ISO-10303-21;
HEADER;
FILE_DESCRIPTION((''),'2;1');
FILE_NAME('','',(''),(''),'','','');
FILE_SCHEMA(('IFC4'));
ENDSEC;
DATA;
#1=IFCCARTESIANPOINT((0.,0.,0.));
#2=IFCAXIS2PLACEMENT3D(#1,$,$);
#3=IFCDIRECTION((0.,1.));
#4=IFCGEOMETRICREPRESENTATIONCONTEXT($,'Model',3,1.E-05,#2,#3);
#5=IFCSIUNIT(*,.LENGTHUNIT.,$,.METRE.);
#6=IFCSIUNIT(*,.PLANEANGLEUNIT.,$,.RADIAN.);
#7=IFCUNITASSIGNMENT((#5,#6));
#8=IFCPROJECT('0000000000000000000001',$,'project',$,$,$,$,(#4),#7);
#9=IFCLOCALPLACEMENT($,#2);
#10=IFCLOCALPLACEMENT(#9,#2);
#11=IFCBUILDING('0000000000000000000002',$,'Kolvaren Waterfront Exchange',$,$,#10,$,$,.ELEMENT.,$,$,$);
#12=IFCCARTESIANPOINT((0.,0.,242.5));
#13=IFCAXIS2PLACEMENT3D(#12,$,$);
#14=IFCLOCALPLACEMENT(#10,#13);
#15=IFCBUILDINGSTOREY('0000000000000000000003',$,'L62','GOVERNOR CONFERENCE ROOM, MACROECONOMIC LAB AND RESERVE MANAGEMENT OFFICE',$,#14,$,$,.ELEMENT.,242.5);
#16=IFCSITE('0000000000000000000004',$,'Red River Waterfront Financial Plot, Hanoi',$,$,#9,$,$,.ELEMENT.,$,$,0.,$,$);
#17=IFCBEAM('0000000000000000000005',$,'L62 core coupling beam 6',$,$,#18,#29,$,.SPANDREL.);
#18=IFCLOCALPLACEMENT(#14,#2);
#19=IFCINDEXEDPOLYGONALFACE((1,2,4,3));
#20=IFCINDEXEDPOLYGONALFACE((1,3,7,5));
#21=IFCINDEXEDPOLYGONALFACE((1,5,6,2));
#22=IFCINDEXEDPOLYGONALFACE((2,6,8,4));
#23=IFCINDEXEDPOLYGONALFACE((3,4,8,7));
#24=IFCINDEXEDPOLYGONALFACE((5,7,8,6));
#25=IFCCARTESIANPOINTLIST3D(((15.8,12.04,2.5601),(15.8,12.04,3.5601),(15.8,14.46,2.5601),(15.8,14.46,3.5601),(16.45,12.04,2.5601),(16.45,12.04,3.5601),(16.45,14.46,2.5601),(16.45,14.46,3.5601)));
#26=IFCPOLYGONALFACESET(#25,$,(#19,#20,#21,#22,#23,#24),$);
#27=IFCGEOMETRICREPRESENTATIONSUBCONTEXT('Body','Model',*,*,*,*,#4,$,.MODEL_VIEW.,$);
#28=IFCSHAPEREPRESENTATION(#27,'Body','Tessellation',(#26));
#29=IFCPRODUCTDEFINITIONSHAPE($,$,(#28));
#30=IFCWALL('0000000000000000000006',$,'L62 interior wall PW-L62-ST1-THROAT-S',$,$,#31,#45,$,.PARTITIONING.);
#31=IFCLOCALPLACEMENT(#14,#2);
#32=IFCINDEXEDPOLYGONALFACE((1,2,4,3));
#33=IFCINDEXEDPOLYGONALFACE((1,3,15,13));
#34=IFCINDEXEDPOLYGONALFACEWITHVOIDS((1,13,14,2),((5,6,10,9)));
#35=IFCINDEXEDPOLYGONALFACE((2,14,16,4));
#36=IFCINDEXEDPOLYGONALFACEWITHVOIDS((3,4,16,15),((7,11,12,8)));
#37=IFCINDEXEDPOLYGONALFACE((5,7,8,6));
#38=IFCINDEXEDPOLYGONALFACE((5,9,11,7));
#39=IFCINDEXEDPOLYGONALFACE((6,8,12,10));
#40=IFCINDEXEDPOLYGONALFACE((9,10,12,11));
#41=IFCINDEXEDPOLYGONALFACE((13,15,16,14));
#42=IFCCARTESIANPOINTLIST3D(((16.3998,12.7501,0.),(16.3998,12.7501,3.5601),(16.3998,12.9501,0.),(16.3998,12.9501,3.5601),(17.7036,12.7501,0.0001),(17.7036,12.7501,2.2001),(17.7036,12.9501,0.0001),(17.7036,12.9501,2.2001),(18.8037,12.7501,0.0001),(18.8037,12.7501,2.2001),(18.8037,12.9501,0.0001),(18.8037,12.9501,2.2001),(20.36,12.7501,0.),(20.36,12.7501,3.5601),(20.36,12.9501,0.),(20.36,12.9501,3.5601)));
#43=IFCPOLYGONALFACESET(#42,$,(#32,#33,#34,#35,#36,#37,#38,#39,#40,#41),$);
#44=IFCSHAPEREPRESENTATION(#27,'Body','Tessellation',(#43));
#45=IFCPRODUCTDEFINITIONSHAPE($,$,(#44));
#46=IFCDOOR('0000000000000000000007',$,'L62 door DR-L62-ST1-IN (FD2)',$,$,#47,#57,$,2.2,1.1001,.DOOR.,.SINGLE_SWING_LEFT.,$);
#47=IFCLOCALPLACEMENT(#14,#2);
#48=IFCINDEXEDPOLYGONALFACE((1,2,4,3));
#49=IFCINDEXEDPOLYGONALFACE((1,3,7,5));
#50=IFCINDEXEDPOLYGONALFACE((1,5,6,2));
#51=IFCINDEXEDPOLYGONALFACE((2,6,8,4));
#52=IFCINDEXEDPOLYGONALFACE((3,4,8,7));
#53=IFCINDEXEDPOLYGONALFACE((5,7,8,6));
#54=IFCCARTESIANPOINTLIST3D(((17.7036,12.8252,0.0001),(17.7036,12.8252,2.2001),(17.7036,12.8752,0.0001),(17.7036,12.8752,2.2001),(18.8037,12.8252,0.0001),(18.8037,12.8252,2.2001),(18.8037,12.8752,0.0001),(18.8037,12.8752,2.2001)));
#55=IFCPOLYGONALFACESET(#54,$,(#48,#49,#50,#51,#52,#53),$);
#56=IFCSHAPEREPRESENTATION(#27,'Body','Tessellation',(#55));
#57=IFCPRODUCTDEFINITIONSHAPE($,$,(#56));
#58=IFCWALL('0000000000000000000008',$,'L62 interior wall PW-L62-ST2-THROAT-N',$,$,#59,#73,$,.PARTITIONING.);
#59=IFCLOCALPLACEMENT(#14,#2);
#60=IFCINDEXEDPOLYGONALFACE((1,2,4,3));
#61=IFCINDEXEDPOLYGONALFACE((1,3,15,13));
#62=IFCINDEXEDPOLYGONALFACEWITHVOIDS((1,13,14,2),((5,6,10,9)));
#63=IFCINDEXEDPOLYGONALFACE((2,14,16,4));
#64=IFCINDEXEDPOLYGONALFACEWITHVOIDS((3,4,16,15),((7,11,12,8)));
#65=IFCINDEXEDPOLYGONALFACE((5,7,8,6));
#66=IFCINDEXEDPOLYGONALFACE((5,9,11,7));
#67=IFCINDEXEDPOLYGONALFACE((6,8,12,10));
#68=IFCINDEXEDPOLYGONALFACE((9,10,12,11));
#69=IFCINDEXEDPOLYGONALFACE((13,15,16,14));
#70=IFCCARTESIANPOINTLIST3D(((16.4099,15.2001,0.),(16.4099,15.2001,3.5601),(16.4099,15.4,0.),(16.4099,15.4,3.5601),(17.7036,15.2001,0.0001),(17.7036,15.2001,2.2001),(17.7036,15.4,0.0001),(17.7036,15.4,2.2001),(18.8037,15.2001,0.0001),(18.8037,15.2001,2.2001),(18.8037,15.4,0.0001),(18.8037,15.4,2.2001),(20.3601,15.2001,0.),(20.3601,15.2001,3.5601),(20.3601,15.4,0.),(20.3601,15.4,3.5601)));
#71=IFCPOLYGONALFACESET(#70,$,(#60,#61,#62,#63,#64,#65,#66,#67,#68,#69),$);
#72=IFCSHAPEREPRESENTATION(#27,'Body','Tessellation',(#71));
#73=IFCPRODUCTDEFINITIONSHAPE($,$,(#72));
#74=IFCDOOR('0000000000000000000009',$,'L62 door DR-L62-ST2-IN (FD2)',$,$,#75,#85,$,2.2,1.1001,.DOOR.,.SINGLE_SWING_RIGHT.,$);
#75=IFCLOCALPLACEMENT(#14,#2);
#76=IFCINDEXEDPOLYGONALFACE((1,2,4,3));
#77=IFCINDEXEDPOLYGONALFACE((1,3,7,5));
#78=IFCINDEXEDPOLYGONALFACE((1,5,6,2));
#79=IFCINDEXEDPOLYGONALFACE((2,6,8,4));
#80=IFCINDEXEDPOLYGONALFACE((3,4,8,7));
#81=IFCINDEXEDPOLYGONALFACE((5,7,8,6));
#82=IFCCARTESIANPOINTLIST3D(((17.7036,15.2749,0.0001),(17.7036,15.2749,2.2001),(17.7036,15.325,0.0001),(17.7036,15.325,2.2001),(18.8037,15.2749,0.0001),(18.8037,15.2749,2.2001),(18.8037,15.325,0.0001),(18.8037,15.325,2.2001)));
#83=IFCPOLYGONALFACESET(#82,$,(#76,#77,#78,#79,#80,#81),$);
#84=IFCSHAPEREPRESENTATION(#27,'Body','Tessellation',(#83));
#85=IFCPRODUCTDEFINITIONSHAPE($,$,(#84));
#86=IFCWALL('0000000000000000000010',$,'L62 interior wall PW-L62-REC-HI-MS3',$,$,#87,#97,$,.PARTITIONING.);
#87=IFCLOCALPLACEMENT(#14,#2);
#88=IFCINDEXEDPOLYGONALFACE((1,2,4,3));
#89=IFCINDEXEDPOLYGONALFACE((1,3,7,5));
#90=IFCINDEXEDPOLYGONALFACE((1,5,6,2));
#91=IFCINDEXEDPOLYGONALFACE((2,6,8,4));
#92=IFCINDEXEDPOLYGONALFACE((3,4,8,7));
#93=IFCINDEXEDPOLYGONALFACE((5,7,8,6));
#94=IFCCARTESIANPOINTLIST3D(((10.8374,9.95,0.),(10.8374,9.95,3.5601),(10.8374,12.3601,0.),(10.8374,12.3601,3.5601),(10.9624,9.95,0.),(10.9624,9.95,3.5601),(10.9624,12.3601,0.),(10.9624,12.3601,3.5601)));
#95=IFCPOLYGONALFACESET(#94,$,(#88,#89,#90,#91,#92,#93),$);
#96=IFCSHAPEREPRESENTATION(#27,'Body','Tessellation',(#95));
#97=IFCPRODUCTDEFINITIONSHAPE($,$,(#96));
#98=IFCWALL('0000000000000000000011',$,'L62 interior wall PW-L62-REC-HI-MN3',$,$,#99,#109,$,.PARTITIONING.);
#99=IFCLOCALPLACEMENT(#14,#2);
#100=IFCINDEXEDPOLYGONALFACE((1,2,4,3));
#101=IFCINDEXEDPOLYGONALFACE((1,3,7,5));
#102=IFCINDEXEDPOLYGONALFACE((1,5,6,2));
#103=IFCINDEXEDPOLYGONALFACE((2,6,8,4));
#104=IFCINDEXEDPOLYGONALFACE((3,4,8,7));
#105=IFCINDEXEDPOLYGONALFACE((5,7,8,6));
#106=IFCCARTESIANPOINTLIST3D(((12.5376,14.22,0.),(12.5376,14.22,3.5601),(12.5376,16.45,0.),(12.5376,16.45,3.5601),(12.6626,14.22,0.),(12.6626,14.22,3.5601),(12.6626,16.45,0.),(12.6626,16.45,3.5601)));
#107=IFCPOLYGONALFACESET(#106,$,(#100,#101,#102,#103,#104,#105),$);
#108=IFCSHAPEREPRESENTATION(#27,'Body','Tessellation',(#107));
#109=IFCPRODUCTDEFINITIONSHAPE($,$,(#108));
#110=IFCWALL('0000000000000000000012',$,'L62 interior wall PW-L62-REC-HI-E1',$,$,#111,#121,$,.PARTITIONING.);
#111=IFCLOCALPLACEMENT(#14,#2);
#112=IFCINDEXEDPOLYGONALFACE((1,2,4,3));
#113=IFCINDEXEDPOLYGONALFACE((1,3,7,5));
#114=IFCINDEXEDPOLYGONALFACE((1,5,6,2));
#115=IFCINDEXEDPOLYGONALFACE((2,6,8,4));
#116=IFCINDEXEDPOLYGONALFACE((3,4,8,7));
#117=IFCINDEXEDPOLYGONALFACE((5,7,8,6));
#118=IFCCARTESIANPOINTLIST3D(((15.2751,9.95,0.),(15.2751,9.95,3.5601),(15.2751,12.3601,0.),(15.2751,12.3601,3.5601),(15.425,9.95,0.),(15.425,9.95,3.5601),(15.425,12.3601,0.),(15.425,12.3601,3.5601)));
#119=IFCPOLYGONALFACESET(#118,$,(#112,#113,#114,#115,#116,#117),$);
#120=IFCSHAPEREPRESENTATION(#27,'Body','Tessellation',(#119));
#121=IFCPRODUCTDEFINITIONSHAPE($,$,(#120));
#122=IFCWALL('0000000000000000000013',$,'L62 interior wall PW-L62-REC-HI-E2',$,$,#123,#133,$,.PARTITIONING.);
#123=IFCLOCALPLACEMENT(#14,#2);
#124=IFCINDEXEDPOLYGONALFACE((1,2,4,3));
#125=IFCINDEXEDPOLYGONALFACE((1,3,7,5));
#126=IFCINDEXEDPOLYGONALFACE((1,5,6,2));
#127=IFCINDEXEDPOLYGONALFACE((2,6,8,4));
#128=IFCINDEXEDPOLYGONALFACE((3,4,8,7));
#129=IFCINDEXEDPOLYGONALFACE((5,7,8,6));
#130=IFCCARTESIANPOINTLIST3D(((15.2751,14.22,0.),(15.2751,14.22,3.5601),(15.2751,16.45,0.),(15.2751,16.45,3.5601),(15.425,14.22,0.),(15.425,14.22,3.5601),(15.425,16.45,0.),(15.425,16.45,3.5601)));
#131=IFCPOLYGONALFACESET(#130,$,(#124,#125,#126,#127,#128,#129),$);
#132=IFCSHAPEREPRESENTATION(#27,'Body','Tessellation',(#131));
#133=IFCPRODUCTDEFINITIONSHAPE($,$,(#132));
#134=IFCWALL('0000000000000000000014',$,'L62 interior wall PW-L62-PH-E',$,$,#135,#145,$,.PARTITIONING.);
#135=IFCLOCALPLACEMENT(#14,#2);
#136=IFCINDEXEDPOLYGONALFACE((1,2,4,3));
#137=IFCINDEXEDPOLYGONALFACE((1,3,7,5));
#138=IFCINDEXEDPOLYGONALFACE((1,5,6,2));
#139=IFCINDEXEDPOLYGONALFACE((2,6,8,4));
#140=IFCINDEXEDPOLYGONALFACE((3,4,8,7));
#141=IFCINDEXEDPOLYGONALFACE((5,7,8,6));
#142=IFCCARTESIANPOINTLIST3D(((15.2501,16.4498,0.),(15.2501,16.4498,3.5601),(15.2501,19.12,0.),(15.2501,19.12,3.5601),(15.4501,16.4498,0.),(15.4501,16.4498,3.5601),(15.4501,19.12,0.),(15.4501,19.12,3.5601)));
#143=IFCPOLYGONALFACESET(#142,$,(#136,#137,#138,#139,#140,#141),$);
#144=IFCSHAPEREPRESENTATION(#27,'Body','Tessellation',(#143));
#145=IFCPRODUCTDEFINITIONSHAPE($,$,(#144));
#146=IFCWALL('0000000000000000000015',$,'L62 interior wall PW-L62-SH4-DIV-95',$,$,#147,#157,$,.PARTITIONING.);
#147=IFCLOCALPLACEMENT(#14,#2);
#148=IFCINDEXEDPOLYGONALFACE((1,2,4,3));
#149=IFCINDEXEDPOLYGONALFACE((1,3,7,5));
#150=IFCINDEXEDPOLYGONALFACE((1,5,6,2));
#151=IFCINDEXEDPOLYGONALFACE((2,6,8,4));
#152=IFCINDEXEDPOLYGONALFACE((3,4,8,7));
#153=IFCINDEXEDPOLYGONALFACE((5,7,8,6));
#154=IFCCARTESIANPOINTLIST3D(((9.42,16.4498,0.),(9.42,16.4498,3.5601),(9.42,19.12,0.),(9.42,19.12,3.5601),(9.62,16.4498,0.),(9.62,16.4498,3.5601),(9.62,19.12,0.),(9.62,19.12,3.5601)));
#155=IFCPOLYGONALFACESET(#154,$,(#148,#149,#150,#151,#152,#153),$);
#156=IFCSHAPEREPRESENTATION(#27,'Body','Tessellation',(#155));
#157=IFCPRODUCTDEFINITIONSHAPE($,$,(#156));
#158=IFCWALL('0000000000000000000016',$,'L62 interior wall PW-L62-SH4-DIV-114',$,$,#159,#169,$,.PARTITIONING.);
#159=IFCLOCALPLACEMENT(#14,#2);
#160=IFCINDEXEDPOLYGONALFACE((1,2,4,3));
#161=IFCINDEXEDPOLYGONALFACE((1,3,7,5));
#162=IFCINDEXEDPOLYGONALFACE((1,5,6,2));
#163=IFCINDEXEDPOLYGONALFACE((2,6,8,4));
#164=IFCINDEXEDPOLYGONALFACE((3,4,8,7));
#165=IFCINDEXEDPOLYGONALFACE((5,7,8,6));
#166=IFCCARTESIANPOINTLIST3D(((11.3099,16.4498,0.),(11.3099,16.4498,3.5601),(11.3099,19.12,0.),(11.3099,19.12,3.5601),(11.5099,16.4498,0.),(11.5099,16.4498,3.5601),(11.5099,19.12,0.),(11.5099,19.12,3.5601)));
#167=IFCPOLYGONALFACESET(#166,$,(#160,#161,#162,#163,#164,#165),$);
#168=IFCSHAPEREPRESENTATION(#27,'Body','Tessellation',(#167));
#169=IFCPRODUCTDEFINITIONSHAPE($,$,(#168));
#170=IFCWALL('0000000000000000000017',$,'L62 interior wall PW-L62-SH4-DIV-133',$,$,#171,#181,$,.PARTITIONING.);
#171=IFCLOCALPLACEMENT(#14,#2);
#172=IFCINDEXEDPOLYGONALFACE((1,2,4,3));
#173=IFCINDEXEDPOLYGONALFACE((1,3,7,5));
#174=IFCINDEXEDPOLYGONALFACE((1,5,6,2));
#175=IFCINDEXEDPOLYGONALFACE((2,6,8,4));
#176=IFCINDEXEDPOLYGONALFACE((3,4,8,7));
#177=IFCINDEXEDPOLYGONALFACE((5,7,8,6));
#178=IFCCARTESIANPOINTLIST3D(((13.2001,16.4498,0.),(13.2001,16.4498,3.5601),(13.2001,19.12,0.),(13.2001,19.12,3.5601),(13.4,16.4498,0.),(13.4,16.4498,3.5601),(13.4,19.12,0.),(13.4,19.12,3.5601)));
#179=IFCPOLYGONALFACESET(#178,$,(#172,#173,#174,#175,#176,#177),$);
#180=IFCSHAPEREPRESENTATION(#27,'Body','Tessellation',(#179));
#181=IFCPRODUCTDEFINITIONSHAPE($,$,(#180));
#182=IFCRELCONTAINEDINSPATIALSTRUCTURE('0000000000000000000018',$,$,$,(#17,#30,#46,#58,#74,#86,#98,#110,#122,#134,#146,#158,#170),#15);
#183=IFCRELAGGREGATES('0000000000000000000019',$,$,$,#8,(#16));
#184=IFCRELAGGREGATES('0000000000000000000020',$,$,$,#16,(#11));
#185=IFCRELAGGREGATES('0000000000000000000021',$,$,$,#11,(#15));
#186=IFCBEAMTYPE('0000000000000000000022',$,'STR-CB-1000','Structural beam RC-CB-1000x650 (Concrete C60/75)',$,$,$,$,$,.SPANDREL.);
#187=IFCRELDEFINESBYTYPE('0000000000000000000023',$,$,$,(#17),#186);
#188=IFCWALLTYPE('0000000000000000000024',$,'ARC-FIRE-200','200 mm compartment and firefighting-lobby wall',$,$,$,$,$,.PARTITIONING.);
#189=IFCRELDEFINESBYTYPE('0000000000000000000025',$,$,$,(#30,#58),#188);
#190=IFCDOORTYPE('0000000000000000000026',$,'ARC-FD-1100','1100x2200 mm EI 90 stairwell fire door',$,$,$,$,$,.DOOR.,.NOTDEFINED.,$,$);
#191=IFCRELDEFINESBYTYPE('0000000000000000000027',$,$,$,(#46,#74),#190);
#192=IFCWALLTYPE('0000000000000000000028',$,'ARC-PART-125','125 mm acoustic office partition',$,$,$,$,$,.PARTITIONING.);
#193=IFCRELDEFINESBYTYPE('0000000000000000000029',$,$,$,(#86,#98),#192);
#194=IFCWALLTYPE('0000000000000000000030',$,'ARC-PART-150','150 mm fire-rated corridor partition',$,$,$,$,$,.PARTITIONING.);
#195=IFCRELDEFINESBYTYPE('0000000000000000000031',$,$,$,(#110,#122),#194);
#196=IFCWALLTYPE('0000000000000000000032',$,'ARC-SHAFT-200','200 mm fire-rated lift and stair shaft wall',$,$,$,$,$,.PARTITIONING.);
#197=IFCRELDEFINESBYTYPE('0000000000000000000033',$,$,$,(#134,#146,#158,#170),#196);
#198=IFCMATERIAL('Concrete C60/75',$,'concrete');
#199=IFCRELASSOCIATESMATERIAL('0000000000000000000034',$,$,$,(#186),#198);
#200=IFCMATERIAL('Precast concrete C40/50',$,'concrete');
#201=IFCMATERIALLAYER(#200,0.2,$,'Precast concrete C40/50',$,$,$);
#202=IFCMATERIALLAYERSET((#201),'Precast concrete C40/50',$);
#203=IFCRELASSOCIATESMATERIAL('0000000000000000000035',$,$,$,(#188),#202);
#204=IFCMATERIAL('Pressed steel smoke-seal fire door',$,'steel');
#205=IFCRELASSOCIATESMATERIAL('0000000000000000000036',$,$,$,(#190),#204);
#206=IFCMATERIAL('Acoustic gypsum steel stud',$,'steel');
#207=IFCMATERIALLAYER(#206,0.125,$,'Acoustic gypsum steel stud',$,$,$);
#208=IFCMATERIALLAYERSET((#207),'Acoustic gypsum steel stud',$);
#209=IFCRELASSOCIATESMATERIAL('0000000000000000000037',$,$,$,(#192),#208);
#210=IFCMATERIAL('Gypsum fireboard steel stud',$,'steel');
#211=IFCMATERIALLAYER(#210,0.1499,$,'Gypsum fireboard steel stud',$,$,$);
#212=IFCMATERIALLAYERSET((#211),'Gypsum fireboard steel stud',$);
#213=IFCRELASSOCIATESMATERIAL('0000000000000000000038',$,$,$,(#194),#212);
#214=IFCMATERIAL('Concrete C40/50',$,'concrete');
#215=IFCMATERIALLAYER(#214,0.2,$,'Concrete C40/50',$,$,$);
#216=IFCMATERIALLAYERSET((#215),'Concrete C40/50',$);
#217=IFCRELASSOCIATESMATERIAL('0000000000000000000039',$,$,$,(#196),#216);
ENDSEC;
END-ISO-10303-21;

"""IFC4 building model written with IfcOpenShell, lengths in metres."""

from ifc_helpers import new_model, si_unit, direction, frame, frame_2d, origin, origin_2d, place, context, subcontext, project, spatial, rectangle, extrude, material, layer, layer_set, material_profile, profile_set, type_object, element, fill, save


model = new_model("IFC4")

# Units and contexts
model_context = context("Model", 3, precision=1e-05, world=origin(), true_north=direction((0.0, 1.0)))
body_context = subcontext(model_context, "Body", "Model", "MODEL_VIEW")
ifc_project = project(units=[si_unit("LENGTHUNIT", "METRE"), si_unit("PLANEANGLEUNIT", "RADIAN")], contexts=[model_context])

# Site, building, storey
site_placement = place(None, origin())
site = spatial("IfcSite", under=ifc_project, at=site_placement, Name="Red River Waterfront Financial Plot, Hanoi", CompositionType="ELEMENT", RefElevation=0.0)
building_placement = place(site_placement, origin())
building = spatial("IfcBuilding", under=site, at=building_placement, Name="Kolvaren Waterfront Exchange", CompositionType="ELEMENT")
storey_placement = place(building_placement, frame((0.0, 0.0, 242.5)))
storey = spatial("IfcBuildingStorey", under=building, at=storey_placement, Name="L62", Description="GOVERNOR CONFERENCE ROOM, MACROECONOMIC LAB AND RESERVE MANAGEMENT OFFICE", CompositionType="ELEMENT", Elevation=242.5)

# Beam
ifc_material_1 = material(Name="Concrete C60/75", Category="concrete")
ifc_material_profile = material_profile(ifc_material_1, rectangle(XDim=0.6499, YDim=1.0, at=origin_2d()), Name="RC-CB-1000x650")
ifc_profile_set = profile_set([ifc_material_profile], Name="Concrete C60/75")
beam_type = type_object("IfcBeamType", Name="STR-CB-1000", Description="Structural beam RC-CB-1000x650 (Concrete C60/75)", PredefinedType="SPANDREL", material=ifc_profile_set)
beam_placement = place(storey_placement, frame((16.125, 12.04, 3.0601), z_axis=(0.0, 1.0, 0.0), x_axis=(-1.0, 0.0, 0.0)))
element("IfcBeam", 1, at=beam_placement, inside=storey, type_object=beam_type, Name="L62 core coupling beam 6", PredefinedType="SPANDREL", context=body_context, shape_type="SweptSolid", body=[
    extrude(rectangle(XDim=0.6499, YDim=1.0, at=origin_2d()), origin(), (0.0, 0.0, 1.0), 2.4199),
])

# Walls, openings, doors
ifc_material_2 = material(Name="Precast concrete C40/50", Category="concrete")
ifc_layer_1 = layer(ifc_material_2, 0.2, Name="Precast concrete C40/50")
ifc_layer_set_1 = layer_set([ifc_layer_1], Name="Precast concrete C40/50")
wall_type_1 = type_object("IfcWallType", Name="ARC-FIRE-200", Description="200 mm compartment and firefighting-lobby wall", PredefinedType="PARTITIONING", material=ifc_layer_set_1)
wall_1_placement = place(storey_placement, frame((16.3999, 12.8501, 0.0), z_axis=(0.0, 0.0, 1.0), x_axis=(1.0, 0.0, 0.0)))
wall_1 = element("IfcWall", 2, at=wall_1_placement, inside=storey, type_object=wall_type_1, Name="L62 interior wall PW-L62-ST1-THROAT-S", PredefinedType="PARTITIONING", context=body_context, shape_type="SweptSolid", body=[
    extrude(rectangle(XDim=3.9602, YDim=0.2, at=frame_2d((1.98, 0.0))), origin(), (0.0, 0.0, 1.0), 3.5601),
])
opening_1_placement = place(wall_1_placement, frame((1.3037, 0.0, 0.0)))
opening_1 = element("IfcOpeningElement", 3, at=opening_1_placement, cuts=wall_1, PredefinedType="OPENING", context=body_context, shape_type="SweptSolid", body=[
    extrude(rectangle(XDim=1.1001, YDim=2.2, at=frame_2d((0.55, 1.1001))), frame((0.0, 0.1099, 0.0), z_axis=(0.0, -1.0, 0.0), x_axis=(1.0, 0.0, 0.0)), (0.0, 0.0, 1.0), 0.22),
])
ifc_material_3 = material(Name="Pressed steel smoke-seal fire door", Category="steel")
door_type = type_object("IfcDoorType", Name="ARC-FD-1100", Description="1100x2200 mm EI 90 stairwell fire door", OperationType="NOTDEFINED", PredefinedType="DOOR", material=ifc_material_3)
door_1_placement = place(opening_1_placement, frame((1.1001, 0.0, 0.0), z_axis=(0.0, 0.0, 1.0), x_axis=(-1.0, 0.0, 0.0)))
door_1 = element("IfcDoor", 4, at=door_1_placement, inside=storey, type_object=door_type, Name="L62 door DR-L62-ST1-IN (FD2)", OperationType="SINGLE_SWING_LEFT", OverallHeight=2.2, OverallWidth=1.1001, PredefinedType="DOOR", context=body_context, shape_type="SweptSolid", body=[
    extrude(rectangle(XDim=1.1001, YDim=2.2, at=frame_2d((0.55, 1.1001))), frame((0.0, 0.0249, 0.0), z_axis=(0.0, -1.0, 0.0), x_axis=(1.0, 0.0, 0.0)), (0.0, 0.0, 1.0), 0.05),
])
fill(opening_1, door_1)
wall_2_placement = place(storey_placement, frame((16.4099, 15.3, 0.0), z_axis=(0.0, 0.0, 1.0), x_axis=(1.0, 0.0, 0.0)))
wall_2 = element("IfcWall", 5, at=wall_2_placement, inside=storey, type_object=wall_type_1, Name="L62 interior wall PW-L62-ST2-THROAT-N", PredefinedType="PARTITIONING", context=body_context, shape_type="SweptSolid", body=[
    extrude(rectangle(XDim=3.9502, YDim=0.2, at=frame_2d((1.9751, 0.0))), origin(), (0.0, 0.0, 1.0), 3.5601),
])
opening_2_placement = place(wall_2_placement, frame((1.2937, 0.0, 0.0)))
opening_2 = element("IfcOpeningElement", 6, at=opening_2_placement, cuts=wall_2, PredefinedType="OPENING", context=body_context, shape_type="SweptSolid", body=[
    extrude(rectangle(XDim=1.1001, YDim=2.2, at=frame_2d((0.55, 1.1001))), frame((0.0, 0.1099, 0.0), z_axis=(0.0, -1.0, 0.0), x_axis=(1.0, 0.0, 0.0)), (0.0, 0.0, 1.0), 0.22),
])
door_2_placement = place(opening_2_placement, origin())
door_2 = element("IfcDoor", 7, at=door_2_placement, inside=storey, type_object=door_type, Name="L62 door DR-L62-ST2-IN (FD2)", OperationType="SINGLE_SWING_RIGHT", OverallHeight=2.2, OverallWidth=1.1001, PredefinedType="DOOR", context=body_context, shape_type="SweptSolid", body=[
    extrude(rectangle(XDim=1.1001, YDim=2.2, at=frame_2d((0.55, 1.1001))), frame((0.0, 0.0249, 0.0), z_axis=(0.0, -1.0, 0.0), x_axis=(1.0, 0.0, 0.0)), (0.0, 0.0, 1.0), 0.05),
])
fill(opening_2, door_2)

# Walls
ifc_material_4 = material(Name="Acoustic gypsum steel stud", Category="steel")
ifc_layer_2 = layer(ifc_material_4, 0.125, Name="Acoustic gypsum steel stud")
ifc_layer_set_2 = layer_set([ifc_layer_2], Name="Acoustic gypsum steel stud")
wall_type_2 = type_object("IfcWallType", Name="ARC-PART-125", Description="125 mm acoustic office partition", PredefinedType="PARTITIONING", material=ifc_layer_set_2)
wall_3_placement = place(storey_placement, frame((10.8999, 9.95, 0.0), z_axis=(0.0, 0.0, 1.0), x_axis=(0.0, 1.0, 0.0)))
element("IfcWall", 8, at=wall_3_placement, inside=storey, type_object=wall_type_2, Name="L62 interior wall PW-L62-REC-HI-MS3", PredefinedType="PARTITIONING", context=body_context, shape_type="SweptSolid", body=[
    extrude(rectangle(XDim=2.4102, YDim=0.125, at=frame_2d((1.2051, 0.0))), origin(), (0.0, 0.0, 1.0), 3.5601),
])
wall_4_placement = place(storey_placement, frame((12.6001, 14.22, 0.0), z_axis=(0.0, 0.0, 1.0), x_axis=(0.0, 1.0, 0.0)))
element("IfcWall", 9, at=wall_4_placement, inside=storey, type_object=wall_type_2, Name="L62 interior wall PW-L62-REC-HI-MN3", PredefinedType="PARTITIONING", context=body_context, shape_type="SweptSolid", body=[
    extrude(rectangle(XDim=2.23, YDim=0.125, at=frame_2d((1.115, 0.0))), origin(), (0.0, 0.0, 1.0), 3.5601),
])
ifc_material_5 = material(Name="Gypsum fireboard steel stud", Category="steel")
ifc_layer_3 = layer(ifc_material_5, 0.1499, Name="Gypsum fireboard steel stud")
ifc_layer_set_3 = layer_set([ifc_layer_3], Name="Gypsum fireboard steel stud")
wall_type_3 = type_object("IfcWallType", Name="ARC-PART-150", Description="150 mm fire-rated corridor partition", PredefinedType="PARTITIONING", material=ifc_layer_set_3)
wall_5_placement = place(storey_placement, frame((15.3501, 9.95, 0.0), z_axis=(0.0, 0.0, 1.0), x_axis=(0.0, 1.0, 0.0)))
element("IfcWall", 10, at=wall_5_placement, inside=storey, type_object=wall_type_3, Name="L62 interior wall PW-L62-REC-HI-E1", PredefinedType="PARTITIONING", context=body_context, shape_type="SweptSolid", body=[
    extrude(rectangle(XDim=2.4102, YDim=0.1499, at=frame_2d((1.2051, 0.0))), origin(), (0.0, 0.0, 1.0), 3.5601),
])
wall_6_placement = place(storey_placement, frame((15.3501, 14.22, 0.0), z_axis=(0.0, 0.0, 1.0), x_axis=(0.0, 1.0, 0.0)))
element("IfcWall", 11, at=wall_6_placement, inside=storey, type_object=wall_type_3, Name="L62 interior wall PW-L62-REC-HI-E2", PredefinedType="PARTITIONING", context=body_context, shape_type="SweptSolid", body=[
    extrude(rectangle(XDim=2.23, YDim=0.1499, at=frame_2d((1.115, 0.0))), origin(), (0.0, 0.0, 1.0), 3.5601),
])
ifc_material_6 = material(Name="Concrete C40/50", Category="concrete")
ifc_layer_4 = layer(ifc_material_6, 0.2, Name="Concrete C40/50")
ifc_layer_set_4 = layer_set([ifc_layer_4], Name="Concrete C40/50")
wall_type_4 = type_object("IfcWallType", Name="ARC-SHAFT-200", Description="200 mm fire-rated lift and stair shaft wall", PredefinedType="PARTITIONING", material=ifc_layer_set_4)
for number, where, z_axis, x_axis, name in (
    (12, (15.3501, 16.45, 0.0), (0.0, 0.0, 1.0), (0.0, 1.0, 0.0), "L62 interior wall PW-L62-PH-E"),
    (13, (9.52, 16.45, 0.0), (0.0, 0.0, 1.0), (0.0, 1.0, 0.0), "L62 interior wall PW-L62-SH4-DIV-95"),
    (14, (11.4099, 16.45, 0.0), (0.0, 0.0, 1.0), (0.0, 1.0, 0.0), "L62 interior wall PW-L62-SH4-DIV-114"),
    (15, (13.3, 16.45, 0.0), (0.0, 0.0, 1.0), (0.0, 1.0, 0.0), "L62 interior wall PW-L62-SH4-DIV-133"),
):
    element("IfcWall", number, at=place(storey_placement, frame(where, z_axis=z_axis, x_axis=x_axis)), inside=storey, type_object=wall_type_4, Name=name, PredefinedType="PARTITIONING", context=body_context, shape_type="SweptSolid", body=[
        extrude(rectangle(XDim=2.6702, YDim=0.2, at=frame_2d((1.335, 0.0))), origin(), (0.0, 0.0, 1.0), 3.5601),
    ])

save(model, "model.ifc")
